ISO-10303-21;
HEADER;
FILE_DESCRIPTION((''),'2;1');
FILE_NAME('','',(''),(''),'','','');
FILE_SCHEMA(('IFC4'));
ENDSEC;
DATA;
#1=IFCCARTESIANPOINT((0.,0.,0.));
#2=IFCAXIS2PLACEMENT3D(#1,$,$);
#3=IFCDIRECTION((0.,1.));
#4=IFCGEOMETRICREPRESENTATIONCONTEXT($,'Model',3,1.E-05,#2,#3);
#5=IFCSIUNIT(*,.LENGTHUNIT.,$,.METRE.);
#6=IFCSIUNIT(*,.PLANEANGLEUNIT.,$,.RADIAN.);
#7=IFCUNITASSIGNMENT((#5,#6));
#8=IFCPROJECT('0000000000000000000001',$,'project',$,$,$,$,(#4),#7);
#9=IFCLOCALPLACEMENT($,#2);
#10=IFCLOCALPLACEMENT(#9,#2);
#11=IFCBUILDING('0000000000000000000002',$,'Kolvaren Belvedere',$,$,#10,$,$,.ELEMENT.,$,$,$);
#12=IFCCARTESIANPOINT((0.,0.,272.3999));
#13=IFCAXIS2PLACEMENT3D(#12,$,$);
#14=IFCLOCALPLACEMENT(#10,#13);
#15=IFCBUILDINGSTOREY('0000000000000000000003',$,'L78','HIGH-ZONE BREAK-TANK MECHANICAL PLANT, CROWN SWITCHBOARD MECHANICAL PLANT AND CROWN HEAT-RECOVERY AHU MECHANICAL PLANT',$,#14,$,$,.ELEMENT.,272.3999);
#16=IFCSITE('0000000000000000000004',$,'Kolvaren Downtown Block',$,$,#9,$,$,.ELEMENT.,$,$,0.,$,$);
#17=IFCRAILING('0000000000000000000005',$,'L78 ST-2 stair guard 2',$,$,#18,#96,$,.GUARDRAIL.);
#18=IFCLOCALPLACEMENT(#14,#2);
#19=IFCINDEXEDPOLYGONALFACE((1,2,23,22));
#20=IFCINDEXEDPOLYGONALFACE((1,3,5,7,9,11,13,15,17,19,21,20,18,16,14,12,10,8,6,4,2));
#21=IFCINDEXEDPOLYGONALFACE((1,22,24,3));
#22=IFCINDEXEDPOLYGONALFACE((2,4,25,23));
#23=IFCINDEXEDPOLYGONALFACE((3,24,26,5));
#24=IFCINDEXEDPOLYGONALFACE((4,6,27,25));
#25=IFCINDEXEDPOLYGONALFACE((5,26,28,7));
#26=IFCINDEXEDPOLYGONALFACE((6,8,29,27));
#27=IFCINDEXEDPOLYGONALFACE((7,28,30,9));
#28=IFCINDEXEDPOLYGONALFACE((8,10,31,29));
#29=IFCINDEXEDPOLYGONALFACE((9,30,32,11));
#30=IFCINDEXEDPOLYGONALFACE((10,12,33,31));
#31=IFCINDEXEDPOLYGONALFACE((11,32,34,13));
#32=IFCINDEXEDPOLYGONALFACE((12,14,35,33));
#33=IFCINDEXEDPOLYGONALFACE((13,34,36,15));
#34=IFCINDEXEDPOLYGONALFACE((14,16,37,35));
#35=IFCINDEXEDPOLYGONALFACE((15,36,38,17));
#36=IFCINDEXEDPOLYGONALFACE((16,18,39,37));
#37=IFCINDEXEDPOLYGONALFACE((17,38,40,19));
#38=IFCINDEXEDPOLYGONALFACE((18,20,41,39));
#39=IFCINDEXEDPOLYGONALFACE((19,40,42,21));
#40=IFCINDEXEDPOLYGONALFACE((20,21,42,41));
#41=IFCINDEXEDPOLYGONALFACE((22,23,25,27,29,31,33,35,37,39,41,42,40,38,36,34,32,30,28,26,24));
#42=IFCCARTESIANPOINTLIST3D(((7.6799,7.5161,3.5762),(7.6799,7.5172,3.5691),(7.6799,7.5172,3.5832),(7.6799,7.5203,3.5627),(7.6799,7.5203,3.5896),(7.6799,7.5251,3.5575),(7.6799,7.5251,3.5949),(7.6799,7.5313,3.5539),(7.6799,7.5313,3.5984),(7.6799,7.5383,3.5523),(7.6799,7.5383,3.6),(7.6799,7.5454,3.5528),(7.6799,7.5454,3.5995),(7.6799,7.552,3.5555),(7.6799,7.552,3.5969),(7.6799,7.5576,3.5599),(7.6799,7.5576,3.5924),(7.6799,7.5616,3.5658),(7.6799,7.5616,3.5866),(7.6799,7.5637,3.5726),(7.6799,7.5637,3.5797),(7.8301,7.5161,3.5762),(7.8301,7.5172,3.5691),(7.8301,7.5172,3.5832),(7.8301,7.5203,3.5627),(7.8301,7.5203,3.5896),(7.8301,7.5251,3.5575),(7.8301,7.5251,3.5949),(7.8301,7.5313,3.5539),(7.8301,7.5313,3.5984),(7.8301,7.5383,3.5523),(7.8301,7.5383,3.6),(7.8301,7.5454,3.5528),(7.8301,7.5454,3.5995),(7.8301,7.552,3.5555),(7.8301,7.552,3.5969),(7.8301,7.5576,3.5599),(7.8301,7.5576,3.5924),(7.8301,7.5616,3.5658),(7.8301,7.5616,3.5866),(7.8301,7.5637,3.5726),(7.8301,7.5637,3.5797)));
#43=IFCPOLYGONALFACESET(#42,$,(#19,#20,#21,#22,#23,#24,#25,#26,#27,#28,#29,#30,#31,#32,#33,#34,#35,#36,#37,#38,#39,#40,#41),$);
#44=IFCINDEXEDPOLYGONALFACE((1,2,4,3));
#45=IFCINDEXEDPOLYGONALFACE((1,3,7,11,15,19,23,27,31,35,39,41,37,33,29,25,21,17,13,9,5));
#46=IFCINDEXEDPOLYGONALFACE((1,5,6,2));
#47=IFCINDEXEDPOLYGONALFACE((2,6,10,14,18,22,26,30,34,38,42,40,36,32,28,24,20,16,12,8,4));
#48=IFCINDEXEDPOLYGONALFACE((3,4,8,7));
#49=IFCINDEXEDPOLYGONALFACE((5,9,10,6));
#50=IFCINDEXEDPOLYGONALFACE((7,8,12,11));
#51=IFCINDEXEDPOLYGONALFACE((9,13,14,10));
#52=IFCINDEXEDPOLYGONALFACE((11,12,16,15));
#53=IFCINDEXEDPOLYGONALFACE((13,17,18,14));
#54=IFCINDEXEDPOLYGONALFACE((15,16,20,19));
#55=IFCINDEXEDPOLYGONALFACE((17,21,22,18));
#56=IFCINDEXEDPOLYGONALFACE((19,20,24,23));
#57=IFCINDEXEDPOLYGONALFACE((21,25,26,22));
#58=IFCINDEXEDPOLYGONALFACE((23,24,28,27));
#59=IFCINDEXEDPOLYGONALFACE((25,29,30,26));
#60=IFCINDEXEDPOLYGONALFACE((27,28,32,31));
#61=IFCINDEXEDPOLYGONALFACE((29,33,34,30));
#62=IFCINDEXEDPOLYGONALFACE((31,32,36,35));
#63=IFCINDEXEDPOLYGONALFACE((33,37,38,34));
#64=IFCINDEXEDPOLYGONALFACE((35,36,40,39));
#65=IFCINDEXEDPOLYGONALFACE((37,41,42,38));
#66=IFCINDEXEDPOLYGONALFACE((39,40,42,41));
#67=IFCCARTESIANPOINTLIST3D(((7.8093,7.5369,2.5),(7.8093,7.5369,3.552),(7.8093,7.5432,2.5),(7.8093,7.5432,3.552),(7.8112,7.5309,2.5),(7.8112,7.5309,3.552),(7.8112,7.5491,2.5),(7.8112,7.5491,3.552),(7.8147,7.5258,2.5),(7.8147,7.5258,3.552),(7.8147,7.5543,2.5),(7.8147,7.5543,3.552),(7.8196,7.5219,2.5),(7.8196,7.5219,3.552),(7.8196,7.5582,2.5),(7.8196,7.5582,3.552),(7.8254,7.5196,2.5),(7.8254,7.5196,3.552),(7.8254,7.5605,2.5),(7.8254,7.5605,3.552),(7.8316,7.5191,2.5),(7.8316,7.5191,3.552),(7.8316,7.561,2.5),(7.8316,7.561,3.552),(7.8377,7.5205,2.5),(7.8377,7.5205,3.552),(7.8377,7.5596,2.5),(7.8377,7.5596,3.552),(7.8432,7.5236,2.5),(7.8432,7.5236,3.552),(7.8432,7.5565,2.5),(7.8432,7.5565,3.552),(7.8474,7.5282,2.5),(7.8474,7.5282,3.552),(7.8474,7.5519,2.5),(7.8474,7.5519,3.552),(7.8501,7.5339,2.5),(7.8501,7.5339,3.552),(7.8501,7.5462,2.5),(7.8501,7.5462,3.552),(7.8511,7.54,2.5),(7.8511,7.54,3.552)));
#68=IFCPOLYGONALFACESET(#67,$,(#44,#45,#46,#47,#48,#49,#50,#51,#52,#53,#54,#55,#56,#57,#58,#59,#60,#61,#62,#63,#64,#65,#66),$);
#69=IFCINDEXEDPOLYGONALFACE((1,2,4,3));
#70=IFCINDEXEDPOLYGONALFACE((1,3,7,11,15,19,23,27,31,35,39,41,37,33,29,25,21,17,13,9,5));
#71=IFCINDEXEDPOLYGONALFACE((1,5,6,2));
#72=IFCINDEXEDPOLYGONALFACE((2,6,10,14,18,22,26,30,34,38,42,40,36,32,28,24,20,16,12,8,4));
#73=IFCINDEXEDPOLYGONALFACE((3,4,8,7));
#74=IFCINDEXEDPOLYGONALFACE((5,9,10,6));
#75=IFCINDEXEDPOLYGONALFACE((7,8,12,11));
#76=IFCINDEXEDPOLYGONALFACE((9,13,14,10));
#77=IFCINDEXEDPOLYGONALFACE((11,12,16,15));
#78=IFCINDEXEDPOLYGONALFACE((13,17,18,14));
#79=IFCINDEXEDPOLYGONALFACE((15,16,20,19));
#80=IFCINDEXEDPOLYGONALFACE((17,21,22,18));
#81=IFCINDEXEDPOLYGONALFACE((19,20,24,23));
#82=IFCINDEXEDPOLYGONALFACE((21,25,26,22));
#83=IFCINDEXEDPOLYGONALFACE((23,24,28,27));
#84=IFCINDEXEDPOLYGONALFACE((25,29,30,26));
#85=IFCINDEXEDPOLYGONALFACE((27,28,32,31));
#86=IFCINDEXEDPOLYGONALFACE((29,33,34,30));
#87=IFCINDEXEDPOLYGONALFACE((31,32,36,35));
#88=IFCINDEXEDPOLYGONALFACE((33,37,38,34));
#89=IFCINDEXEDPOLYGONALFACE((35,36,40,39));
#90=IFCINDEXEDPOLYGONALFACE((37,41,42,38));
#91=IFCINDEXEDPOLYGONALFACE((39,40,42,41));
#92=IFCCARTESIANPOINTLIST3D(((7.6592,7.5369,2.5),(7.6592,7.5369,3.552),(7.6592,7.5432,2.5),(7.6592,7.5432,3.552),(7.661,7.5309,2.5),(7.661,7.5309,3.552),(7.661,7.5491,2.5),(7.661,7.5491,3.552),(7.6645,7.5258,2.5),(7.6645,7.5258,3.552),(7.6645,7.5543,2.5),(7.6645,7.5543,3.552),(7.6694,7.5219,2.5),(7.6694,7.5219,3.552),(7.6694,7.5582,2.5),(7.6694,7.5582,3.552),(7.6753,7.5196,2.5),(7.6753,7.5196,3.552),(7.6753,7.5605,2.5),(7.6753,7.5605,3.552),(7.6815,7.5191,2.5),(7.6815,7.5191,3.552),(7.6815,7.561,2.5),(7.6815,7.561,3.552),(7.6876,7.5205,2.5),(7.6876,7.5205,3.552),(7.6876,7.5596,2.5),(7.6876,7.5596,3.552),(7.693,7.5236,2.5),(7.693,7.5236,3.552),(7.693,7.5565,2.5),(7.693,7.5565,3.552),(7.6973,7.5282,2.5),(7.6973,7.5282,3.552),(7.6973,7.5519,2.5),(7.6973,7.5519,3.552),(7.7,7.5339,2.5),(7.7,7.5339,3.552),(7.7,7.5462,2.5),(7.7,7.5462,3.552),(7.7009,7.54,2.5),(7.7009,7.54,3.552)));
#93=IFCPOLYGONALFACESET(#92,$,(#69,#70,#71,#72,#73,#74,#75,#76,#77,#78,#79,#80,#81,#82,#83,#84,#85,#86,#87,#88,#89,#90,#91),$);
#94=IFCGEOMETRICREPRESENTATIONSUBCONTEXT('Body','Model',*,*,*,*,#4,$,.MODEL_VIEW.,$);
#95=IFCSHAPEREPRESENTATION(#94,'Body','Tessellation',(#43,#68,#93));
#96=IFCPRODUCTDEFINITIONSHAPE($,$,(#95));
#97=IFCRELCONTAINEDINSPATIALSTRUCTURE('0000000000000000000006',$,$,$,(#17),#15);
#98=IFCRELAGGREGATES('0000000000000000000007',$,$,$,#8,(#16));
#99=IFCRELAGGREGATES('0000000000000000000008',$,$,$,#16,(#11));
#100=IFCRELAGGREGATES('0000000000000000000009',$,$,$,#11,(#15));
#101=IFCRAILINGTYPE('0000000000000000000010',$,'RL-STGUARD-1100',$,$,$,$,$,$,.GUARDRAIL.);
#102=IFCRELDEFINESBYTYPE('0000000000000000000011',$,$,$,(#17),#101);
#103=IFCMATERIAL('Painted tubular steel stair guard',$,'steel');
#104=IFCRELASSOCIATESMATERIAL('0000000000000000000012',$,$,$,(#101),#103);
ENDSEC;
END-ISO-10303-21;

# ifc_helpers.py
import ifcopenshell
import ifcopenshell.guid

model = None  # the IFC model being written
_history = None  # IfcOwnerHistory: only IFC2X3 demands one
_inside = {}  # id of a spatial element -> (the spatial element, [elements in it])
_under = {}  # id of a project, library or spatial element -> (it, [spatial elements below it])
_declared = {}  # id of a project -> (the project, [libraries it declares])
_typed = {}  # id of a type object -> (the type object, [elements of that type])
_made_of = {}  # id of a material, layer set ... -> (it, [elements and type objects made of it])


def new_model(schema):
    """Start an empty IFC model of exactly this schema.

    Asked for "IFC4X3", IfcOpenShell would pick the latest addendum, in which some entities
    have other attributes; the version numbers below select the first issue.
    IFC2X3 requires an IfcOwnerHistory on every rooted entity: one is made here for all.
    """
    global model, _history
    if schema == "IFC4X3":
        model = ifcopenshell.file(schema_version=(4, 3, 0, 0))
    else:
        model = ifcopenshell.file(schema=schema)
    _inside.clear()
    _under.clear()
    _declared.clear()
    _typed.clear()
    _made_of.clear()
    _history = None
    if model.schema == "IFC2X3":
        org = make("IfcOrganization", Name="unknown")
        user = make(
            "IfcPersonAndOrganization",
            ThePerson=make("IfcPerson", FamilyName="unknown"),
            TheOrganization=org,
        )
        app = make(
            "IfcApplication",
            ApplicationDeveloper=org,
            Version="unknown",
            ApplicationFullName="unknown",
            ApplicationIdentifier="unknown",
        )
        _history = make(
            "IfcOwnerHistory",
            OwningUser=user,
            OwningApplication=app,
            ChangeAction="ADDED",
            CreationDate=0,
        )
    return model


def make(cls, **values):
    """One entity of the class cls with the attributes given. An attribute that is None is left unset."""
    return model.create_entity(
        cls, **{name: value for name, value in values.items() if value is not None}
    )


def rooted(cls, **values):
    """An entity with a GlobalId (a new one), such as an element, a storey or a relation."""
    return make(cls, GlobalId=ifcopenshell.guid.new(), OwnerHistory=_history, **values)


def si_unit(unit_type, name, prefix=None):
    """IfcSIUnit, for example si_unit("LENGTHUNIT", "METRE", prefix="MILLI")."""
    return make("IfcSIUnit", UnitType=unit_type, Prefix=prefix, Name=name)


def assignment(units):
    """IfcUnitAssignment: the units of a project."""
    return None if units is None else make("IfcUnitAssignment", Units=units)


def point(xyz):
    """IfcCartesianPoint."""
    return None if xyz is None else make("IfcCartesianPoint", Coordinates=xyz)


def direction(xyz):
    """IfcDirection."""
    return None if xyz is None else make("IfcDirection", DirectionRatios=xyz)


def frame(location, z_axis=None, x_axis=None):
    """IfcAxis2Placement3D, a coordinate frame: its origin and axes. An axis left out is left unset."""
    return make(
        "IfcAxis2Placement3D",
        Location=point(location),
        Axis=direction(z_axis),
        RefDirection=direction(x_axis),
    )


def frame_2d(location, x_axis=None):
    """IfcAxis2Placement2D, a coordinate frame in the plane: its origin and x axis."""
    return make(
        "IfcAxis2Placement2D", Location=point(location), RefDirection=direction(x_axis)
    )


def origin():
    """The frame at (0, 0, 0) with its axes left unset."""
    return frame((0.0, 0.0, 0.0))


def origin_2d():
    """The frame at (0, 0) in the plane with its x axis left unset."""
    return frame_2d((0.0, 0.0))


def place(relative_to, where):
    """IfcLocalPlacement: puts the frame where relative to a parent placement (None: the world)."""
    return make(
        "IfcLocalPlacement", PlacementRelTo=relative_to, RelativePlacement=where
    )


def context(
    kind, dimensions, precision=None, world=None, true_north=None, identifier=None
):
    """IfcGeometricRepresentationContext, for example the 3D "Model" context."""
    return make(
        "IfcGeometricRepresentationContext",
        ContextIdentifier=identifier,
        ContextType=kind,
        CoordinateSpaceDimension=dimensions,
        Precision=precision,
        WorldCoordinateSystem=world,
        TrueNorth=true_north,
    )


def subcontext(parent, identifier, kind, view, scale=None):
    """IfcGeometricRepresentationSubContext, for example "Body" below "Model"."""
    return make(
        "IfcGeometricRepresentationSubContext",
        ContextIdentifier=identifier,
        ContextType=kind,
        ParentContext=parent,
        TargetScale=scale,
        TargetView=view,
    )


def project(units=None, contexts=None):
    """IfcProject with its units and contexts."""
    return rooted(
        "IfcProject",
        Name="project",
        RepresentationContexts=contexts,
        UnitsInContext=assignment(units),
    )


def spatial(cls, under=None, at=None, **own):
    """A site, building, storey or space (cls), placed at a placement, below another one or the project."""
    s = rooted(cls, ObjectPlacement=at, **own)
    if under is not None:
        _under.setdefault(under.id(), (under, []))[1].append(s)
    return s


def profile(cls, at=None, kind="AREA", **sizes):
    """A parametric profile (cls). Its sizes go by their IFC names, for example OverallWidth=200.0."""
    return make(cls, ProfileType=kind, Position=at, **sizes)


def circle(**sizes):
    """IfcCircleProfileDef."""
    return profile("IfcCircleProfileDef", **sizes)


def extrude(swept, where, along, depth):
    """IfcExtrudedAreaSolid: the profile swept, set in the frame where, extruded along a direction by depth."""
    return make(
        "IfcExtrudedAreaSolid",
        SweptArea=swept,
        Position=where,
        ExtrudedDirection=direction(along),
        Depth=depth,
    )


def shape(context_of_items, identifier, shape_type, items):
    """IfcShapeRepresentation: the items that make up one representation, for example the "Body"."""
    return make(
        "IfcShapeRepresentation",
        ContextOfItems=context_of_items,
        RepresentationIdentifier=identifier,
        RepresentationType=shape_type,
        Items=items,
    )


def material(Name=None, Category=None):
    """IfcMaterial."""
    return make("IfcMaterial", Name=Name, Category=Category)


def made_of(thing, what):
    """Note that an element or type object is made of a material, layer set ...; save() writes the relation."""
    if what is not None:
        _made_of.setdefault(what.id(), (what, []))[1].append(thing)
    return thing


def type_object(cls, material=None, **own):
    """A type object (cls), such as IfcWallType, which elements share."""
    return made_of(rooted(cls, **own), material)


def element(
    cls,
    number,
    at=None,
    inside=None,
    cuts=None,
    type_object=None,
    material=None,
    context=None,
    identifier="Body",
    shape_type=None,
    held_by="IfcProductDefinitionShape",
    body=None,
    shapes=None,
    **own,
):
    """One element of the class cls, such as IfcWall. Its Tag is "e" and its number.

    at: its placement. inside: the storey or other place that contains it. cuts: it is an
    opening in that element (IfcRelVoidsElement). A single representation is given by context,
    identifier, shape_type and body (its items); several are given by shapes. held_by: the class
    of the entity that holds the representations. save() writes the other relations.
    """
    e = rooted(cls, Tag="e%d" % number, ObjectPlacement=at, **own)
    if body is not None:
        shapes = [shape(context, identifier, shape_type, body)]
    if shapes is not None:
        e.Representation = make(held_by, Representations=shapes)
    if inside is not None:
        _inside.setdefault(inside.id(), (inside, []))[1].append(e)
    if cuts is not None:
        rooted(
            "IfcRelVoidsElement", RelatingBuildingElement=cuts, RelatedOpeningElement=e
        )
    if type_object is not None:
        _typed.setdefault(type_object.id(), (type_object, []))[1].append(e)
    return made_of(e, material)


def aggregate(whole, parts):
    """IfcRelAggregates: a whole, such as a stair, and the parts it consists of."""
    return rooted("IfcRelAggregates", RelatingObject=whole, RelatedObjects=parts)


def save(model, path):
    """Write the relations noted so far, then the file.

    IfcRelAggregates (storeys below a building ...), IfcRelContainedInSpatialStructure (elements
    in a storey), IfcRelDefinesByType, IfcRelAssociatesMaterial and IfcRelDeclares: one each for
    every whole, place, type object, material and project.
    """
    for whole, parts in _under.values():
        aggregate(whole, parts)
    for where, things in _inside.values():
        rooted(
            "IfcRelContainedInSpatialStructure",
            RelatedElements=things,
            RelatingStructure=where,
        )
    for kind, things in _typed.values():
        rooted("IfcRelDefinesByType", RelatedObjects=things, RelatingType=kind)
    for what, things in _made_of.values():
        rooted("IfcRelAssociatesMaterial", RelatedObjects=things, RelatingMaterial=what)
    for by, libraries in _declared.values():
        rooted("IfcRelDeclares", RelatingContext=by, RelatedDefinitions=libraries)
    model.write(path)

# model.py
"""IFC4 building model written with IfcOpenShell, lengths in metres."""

from ifc_helpers import new_model, si_unit, direction, frame, origin, origin_2d, place, context, subcontext, project, spatial, circle, extrude, material, type_object, element, save


model = new_model("IFC4")

# Units and contexts
model_context = context("Model", 3, precision=1e-05, world=origin(), true_north=direction((0.0, 1.0)))
body_context = subcontext(model_context, "Body", "Model", "MODEL_VIEW")
ifc_project = project(units=[si_unit("LENGTHUNIT", "METRE"), si_unit("PLANEANGLEUNIT", "RADIAN")], contexts=[model_context])

# Site, building, storey
site_placement = place(None, origin())
site = spatial("IfcSite", under=ifc_project, at=site_placement, Name="Kolvaren Downtown Block", CompositionType="ELEMENT", RefElevation=0.0)
building_placement = place(site_placement, origin())
building = spatial("IfcBuilding", under=site, at=building_placement, Name="Kolvaren Belvedere", CompositionType="ELEMENT")
storey_placement = place(building_placement, frame((0.0, 0.0, 272.3999)))
storey = spatial("IfcBuildingStorey", under=building, at=storey_placement, Name="L78", Description="HIGH-ZONE BREAK-TANK MECHANICAL PLANT, CROWN SWITCHBOARD MECHANICAL PLANT AND CROWN HEAT-RECOVERY AHU MECHANICAL PLANT", CompositionType="ELEMENT", Elevation=272.3999)

# Railing
ifc_material_1 = material(Name="Painted tubular steel stair guard", Category="steel")
railing_type_1 = type_object("IfcRailingType", Name="RL-STGUARD-1100", PredefinedType="GUARDRAIL", material=ifc_material_1)
railing_1_placement = place(storey_placement, frame((7.8301, 7.54, 2.5)))
element("IfcRailing", 1, at=railing_1_placement, inside=storey, type_object=railing_type_1, Name="L78 ST-2 stair guard 2", PredefinedType="GUARDRAIL", context=body_context, shape_type="SweptSolid", body=[
    extrude(circle(Radius=0.0239, at=origin_2d()), frame((0.0, 0.0, 1.0762), z_axis=(-1.0, 0.0, 0.0), x_axis=(0.0, -1.0, 0.0)), (0.0, 0.0, 1.0), 0.1501),
    extrude(circle(Radius=0.021, at=origin_2d()), origin(), (0.0, 0.0, 1.0), 1.052),
    extrude(circle(Radius=0.021, at=origin_2d()), frame((-0.1501, 0.0, 0.0)), (0.0, 0.0, 1.0), 1.052),
])

save(model, "model.ifc")
